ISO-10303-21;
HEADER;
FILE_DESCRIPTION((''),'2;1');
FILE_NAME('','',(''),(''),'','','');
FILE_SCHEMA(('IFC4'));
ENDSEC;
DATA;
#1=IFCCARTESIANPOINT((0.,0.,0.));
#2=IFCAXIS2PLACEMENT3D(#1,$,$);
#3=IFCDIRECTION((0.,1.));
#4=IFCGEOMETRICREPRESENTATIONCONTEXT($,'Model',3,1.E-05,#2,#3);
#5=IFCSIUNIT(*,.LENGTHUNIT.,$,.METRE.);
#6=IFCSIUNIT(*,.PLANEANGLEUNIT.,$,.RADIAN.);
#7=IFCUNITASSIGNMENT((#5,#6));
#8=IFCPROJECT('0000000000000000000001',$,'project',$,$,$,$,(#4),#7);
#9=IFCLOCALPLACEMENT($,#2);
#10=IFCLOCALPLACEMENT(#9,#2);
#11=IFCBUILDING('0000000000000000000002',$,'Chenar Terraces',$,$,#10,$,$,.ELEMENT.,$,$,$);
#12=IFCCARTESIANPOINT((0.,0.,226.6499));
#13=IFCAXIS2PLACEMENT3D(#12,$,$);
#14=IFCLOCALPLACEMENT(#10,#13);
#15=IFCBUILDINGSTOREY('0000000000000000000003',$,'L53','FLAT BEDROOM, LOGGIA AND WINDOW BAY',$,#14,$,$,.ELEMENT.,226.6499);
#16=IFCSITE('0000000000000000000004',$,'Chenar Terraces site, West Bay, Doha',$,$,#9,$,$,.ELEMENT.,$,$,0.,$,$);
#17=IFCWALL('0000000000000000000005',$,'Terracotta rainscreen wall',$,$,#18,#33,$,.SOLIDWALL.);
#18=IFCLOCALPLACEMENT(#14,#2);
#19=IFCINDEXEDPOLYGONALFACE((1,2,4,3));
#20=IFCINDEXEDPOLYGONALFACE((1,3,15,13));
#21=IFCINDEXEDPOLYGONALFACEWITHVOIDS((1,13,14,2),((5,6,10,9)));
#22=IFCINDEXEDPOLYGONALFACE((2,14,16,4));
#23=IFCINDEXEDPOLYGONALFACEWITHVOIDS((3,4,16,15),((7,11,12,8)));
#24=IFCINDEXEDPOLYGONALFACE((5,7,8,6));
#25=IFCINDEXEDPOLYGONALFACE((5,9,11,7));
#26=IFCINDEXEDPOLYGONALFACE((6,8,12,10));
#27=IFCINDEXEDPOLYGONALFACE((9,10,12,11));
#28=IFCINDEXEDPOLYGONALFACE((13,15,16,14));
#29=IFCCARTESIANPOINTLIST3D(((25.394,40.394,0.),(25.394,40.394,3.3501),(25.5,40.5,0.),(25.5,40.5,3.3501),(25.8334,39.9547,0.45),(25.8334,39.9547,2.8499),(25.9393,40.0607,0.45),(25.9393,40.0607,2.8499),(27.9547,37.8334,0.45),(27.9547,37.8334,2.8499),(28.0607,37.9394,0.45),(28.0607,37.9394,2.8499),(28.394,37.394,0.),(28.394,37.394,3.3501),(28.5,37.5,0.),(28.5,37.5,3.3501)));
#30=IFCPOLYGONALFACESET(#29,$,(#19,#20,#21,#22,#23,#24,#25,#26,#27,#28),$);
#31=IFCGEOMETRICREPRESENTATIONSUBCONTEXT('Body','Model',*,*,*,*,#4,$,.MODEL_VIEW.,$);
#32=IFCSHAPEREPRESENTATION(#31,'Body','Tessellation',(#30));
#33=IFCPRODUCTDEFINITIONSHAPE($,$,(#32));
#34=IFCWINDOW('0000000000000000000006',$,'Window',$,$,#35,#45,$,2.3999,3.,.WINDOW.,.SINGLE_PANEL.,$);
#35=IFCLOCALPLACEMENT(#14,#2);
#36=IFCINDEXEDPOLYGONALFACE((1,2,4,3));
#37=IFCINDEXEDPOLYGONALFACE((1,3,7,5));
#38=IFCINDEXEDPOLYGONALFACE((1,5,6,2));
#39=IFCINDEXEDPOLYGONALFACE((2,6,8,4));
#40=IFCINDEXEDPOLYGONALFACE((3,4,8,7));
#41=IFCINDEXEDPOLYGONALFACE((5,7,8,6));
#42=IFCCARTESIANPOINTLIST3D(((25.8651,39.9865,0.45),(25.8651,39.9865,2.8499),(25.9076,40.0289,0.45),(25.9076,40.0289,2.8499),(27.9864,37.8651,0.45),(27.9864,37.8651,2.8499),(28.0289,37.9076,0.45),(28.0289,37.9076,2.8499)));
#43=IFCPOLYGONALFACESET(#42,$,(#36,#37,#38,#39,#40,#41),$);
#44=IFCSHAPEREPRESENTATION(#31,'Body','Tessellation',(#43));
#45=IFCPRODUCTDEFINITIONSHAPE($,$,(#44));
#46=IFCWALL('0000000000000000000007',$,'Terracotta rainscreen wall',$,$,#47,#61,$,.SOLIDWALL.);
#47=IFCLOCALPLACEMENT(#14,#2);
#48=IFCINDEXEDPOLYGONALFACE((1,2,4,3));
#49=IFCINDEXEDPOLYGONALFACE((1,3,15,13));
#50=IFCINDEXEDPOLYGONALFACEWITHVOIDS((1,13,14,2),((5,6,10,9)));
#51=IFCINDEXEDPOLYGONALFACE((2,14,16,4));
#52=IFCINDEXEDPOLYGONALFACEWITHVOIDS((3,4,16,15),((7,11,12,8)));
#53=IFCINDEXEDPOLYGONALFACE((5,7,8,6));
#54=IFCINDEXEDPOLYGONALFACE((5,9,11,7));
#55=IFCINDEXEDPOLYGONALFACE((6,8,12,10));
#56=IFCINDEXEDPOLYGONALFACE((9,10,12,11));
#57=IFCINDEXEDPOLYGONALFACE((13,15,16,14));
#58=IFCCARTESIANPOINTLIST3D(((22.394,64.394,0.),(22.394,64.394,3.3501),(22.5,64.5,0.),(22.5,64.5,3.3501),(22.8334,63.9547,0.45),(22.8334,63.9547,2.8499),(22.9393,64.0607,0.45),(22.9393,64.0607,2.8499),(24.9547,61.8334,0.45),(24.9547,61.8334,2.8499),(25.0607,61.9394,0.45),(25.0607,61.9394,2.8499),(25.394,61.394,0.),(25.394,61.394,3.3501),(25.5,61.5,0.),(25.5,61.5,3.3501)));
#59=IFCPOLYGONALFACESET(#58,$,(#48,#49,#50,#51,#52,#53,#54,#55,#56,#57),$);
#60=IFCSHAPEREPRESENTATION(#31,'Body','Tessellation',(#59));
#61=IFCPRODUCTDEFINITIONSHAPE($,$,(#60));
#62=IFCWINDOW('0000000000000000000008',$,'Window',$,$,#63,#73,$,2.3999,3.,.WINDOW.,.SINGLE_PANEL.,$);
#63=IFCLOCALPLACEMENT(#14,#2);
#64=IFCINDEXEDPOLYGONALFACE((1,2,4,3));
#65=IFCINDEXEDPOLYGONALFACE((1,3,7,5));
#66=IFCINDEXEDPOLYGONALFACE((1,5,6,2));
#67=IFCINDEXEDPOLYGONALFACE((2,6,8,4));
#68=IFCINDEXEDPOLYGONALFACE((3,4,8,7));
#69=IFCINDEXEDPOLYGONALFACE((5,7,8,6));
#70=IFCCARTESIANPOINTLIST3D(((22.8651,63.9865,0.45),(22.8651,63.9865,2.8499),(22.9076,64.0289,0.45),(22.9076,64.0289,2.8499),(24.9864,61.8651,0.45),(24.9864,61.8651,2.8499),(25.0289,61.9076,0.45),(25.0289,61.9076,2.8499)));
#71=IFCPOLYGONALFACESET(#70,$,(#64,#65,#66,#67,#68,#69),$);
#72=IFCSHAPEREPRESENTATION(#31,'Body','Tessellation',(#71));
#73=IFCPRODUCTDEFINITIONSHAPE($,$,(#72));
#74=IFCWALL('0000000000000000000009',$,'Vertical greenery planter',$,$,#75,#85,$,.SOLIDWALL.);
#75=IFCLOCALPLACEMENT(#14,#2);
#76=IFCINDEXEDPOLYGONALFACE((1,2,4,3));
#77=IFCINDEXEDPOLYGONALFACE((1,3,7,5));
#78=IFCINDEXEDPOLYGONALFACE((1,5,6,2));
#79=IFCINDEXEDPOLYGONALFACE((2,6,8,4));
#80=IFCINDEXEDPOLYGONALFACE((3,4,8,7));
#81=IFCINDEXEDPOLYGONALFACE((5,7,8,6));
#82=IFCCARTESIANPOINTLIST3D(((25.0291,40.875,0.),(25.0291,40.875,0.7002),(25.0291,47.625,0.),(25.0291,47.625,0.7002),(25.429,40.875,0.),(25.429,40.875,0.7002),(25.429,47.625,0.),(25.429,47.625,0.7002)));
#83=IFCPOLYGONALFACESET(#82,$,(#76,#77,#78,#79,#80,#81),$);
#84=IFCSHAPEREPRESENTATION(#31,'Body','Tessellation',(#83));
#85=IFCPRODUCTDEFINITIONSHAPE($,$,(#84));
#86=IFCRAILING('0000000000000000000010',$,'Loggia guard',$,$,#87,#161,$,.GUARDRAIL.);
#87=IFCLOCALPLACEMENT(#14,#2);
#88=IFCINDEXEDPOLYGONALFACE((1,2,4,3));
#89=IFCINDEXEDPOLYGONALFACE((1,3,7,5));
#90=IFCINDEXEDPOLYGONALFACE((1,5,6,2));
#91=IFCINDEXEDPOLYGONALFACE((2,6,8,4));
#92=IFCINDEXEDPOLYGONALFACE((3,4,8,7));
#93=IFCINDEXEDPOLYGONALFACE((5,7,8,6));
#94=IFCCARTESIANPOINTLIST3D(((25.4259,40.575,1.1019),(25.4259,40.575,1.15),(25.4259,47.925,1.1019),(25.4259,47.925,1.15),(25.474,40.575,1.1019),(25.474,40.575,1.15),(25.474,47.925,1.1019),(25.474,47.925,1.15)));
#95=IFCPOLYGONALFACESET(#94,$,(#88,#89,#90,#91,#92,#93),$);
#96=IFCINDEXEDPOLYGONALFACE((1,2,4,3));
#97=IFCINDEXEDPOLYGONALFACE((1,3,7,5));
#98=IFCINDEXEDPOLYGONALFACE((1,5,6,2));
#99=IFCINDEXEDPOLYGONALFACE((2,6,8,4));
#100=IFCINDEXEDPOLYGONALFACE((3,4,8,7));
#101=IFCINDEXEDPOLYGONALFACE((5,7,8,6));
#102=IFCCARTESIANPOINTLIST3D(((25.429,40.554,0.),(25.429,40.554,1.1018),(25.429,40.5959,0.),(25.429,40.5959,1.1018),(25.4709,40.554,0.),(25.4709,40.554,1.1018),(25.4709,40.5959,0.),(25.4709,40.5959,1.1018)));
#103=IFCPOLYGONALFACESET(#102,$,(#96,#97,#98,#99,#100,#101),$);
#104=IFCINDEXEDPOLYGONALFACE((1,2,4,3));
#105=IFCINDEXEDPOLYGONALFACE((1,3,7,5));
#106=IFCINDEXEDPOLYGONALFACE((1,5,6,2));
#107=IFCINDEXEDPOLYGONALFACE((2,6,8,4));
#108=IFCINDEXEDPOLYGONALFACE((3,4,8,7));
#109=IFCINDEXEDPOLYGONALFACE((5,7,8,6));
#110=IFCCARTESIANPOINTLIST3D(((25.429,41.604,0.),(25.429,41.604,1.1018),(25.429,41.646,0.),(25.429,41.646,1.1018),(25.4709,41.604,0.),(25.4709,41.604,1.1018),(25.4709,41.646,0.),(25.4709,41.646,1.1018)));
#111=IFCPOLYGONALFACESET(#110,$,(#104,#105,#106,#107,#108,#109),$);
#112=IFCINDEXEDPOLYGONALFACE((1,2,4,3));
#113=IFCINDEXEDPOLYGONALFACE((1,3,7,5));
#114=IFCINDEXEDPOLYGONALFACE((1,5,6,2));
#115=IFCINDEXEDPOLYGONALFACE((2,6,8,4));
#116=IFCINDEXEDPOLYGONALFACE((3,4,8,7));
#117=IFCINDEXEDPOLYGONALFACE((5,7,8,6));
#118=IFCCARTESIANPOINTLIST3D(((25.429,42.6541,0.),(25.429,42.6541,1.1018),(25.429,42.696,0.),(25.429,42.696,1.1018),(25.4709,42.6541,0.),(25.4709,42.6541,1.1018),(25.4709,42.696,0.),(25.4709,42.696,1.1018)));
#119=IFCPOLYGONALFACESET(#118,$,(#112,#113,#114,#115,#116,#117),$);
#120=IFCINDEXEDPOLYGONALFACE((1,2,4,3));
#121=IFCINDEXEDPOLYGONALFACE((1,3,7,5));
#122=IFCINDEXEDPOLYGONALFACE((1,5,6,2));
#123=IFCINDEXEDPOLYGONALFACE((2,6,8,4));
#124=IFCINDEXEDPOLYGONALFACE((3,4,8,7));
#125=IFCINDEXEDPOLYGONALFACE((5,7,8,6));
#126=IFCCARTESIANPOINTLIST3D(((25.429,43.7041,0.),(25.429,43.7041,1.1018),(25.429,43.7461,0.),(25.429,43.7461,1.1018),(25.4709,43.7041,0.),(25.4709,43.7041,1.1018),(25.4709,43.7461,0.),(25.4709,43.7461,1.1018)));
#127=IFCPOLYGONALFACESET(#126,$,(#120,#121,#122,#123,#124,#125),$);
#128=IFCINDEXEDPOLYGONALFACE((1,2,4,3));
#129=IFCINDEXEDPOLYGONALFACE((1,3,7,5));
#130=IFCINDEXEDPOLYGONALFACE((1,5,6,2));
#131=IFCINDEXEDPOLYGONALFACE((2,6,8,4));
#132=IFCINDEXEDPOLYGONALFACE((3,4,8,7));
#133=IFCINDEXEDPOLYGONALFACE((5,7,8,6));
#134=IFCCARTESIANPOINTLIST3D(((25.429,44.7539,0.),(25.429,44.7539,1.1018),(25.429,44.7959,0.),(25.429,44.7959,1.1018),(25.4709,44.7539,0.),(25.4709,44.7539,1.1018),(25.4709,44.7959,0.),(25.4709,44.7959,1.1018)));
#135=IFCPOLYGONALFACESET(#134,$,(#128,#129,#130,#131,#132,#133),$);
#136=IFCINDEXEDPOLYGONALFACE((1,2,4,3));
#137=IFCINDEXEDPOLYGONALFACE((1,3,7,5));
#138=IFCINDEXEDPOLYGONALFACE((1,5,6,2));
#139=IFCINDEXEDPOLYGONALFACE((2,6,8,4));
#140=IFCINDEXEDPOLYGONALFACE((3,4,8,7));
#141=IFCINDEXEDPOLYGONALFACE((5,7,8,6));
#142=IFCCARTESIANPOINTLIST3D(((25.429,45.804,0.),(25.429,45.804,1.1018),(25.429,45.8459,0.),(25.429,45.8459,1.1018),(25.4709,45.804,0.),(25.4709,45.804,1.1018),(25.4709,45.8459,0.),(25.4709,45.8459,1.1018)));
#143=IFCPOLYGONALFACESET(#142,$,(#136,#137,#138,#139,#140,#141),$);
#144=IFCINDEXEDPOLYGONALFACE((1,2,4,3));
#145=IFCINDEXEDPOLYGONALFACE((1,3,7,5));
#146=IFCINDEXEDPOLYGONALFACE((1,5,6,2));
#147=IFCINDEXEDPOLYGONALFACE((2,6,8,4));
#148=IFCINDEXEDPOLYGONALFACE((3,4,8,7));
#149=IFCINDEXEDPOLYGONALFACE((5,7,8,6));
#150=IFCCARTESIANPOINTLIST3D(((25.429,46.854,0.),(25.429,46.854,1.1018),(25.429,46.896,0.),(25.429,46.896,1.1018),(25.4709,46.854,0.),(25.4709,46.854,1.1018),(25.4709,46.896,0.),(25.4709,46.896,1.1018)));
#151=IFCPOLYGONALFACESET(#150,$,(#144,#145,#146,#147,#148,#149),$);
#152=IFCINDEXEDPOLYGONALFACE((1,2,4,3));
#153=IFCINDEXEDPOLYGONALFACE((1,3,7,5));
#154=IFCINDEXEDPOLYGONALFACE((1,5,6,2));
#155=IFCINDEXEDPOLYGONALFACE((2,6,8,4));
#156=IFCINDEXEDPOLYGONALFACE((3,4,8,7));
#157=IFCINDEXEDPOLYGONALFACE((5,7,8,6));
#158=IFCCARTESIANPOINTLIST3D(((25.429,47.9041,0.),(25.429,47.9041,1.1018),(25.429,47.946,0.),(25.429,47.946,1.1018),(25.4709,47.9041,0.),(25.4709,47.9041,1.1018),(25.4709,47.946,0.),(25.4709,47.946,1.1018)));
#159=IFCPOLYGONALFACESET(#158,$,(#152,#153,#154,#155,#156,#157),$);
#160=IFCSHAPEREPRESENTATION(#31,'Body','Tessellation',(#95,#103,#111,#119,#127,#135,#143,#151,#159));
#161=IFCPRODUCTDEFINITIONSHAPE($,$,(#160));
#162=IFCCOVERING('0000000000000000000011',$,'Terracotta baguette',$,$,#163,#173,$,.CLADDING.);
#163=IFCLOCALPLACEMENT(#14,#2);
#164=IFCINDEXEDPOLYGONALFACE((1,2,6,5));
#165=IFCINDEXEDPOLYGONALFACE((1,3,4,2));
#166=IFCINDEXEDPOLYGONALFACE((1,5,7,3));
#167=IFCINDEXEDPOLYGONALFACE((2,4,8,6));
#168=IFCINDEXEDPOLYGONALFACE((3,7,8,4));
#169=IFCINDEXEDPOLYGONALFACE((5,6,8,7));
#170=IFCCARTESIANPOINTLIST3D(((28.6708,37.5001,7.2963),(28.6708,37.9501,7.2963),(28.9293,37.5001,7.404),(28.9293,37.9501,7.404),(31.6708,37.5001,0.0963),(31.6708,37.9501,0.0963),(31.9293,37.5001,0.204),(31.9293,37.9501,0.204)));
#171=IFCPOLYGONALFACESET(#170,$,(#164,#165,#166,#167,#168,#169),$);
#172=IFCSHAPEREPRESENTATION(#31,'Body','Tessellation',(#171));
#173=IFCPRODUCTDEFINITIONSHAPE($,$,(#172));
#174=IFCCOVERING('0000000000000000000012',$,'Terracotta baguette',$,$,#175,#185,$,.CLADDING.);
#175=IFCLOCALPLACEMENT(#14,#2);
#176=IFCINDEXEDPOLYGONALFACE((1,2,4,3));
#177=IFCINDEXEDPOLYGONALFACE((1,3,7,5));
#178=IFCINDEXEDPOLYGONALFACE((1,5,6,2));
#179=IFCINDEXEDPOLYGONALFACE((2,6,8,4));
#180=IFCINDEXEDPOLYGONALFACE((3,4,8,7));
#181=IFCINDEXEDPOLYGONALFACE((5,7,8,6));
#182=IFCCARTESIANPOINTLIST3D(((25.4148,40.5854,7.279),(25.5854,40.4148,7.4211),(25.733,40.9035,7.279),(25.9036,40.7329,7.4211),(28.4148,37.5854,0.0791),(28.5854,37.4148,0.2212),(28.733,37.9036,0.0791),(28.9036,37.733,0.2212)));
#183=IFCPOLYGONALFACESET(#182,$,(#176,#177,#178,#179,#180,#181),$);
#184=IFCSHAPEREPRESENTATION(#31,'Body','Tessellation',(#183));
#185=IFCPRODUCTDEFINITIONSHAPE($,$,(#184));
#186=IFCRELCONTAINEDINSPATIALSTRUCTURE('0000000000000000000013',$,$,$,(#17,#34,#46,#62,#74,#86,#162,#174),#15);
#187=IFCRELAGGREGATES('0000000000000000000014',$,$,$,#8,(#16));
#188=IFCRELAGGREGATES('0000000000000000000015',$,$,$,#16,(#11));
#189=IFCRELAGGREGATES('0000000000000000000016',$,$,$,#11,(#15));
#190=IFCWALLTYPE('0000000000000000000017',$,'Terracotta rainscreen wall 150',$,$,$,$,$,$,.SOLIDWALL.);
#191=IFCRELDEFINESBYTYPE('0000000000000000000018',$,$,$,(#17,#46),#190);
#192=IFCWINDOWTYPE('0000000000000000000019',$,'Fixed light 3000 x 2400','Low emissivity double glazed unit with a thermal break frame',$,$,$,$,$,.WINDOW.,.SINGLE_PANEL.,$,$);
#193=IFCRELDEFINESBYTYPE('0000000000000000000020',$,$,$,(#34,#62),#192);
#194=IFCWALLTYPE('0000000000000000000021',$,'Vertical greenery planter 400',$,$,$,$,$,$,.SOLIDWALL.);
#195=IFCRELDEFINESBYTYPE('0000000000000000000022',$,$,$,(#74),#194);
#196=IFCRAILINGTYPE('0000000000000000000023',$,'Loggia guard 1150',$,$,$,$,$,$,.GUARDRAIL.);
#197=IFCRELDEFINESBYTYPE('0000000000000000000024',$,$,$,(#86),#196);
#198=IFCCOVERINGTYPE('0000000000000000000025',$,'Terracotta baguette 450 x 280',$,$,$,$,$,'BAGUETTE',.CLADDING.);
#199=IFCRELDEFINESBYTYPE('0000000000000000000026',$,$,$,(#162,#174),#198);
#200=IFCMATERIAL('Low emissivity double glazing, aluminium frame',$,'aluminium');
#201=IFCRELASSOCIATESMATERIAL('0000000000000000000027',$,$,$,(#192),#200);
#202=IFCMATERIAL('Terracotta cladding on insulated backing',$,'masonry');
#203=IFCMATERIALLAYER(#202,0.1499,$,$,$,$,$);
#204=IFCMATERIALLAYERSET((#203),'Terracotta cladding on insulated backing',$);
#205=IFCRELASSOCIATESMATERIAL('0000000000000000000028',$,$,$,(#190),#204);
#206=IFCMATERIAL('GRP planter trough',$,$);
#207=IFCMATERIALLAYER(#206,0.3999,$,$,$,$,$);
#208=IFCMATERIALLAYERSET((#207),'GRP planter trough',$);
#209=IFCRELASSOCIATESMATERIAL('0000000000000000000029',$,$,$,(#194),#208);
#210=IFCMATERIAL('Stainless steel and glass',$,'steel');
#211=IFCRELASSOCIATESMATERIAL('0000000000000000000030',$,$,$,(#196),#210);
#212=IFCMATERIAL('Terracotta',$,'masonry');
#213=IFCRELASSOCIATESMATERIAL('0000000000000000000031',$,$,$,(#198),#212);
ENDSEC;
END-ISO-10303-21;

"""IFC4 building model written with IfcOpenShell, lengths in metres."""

from ifc_helpers import new_model, si_unit, direction, frame, frame_2d, origin, origin_2d, place, context, subcontext, project, spatial, rectangle, extrude, material, layer, layer_set, material_profile, profile_set, type_object, element, fill, save


model = new_model("IFC4")

# Units and contexts
model_context = context("Model", 3, precision=1e-05, world=origin(), true_north=direction((0.0, 1.0)))
body_context = subcontext(model_context, "Body", "Model", "MODEL_VIEW")
ifc_project = project(units=[si_unit("LENGTHUNIT", "METRE"), si_unit("PLANEANGLEUNIT", "RADIAN")], contexts=[model_context])

# Site, building, storey
site_placement = place(None, origin())
site = spatial("IfcSite", under=ifc_project, at=site_placement, Name="Chenar Terraces site, West Bay, Doha", CompositionType="ELEMENT", RefElevation=0.0)
building_placement = place(site_placement, origin())
building = spatial("IfcBuilding", under=site, at=building_placement, Name="Chenar Terraces", CompositionType="ELEMENT")
storey_placement = place(building_placement, frame((0.0, 0.0, 226.6499)))
storey = spatial("IfcBuildingStorey", under=building, at=storey_placement, Name="L53", Description="FLAT BEDROOM, LOGGIA AND WINDOW BAY", CompositionType="ELEMENT", Elevation=226.6499)

# Shared definitions
ifc_material_1 = material(Name="Low emissivity double glazing, aluminium frame", Category="aluminium")
window_type_1 = type_object("IfcWindowType", Name="Fixed light 3000 x 2400", Description="Low emissivity double glazed unit with a thermal break frame", PartitioningType="SINGLE_PANEL", PredefinedType="WINDOW", material=ifc_material_1)

# Walls, openings, windows
ifc_material_2 = material(Name="Terracotta cladding on insulated backing", Category="masonry")
ifc_layer_1 = layer(ifc_material_2, 0.1499)
ifc_layer_set_1 = layer_set([ifc_layer_1], Name="Terracotta cladding on insulated backing")
wall_type_1 = type_object("IfcWallType", Name="Terracotta rainscreen wall 150", PredefinedType="SOLIDWALL", material=ifc_layer_set_1)
wall_1_placement = place(storey_placement, frame((28.447, 37.447, 0.0), z_axis=(0.0, 0.0, 1.0), x_axis=(-0.707107, 0.707107, 0.0)))
wall_1 = element("IfcWall", 1, at=wall_1_placement, inside=storey, type_object=wall_type_1, Name="Terracotta rainscreen wall", PredefinedType="SOLIDWALL", context=body_context, shape_type="SweptSolid", body=[
    extrude(rectangle(XDim=4.2427, YDim=0.1499, at=frame_2d((2.1213, 0.0))), origin(), (0.0, 0.0, 1.0), 3.3501),
])
opening_1_placement = place(wall_1_placement, frame((0.6213, 0.0, 0.45)))
opening_1 = element("IfcOpeningElement", 2, at=opening_1_placement, cuts=wall_1, PredefinedType="OPENING", context=body_context, shape_type="SweptSolid", body=[
    extrude(rectangle(XDim=3.0, YDim=2.3999, at=frame_2d((1.5, 1.2))), frame((0.0, 0.085, 0.0), z_axis=(0.0, -1.0, 0.0), x_axis=(1.0, 0.0, 0.0)), (0.0, 0.0, 1.0), 0.1699),
])
window_1_placement = place(opening_1_placement, origin())
window_1 = element("IfcWindow", 3, at=window_1_placement, inside=storey, type_object=window_type_1, Name="Window", OverallHeight=2.3999, OverallWidth=3.0, PartitioningType="SINGLE_PANEL", PredefinedType="WINDOW", context=body_context, shape_type="SweptSolid", body=[
    extrude(rectangle(XDim=3.0, YDim=2.3999, at=frame_2d((1.5, 1.2))), frame((0.0, 0.03, 0.0), z_axis=(0.0, -1.0, 0.0), x_axis=(1.0, 0.0, 0.0)), (0.0, 0.0, 1.0), 0.0601),
])
fill(opening_1, window_1)
wall_2_placement = place(storey_placement, frame((25.447, 61.447, 0.0), z_axis=(0.0, 0.0, 1.0), x_axis=(-0.707107, 0.707107, 0.0)))
wall_2 = element("IfcWall", 4, at=wall_2_placement, inside=storey, type_object=wall_type_1, Name="Terracotta rainscreen wall", PredefinedType="SOLIDWALL", context=body_context, shape_type="SweptSolid", body=[
    extrude(rectangle(XDim=4.2427, YDim=0.1499, at=frame_2d((2.1213, 0.0))), origin(), (0.0, 0.0, 1.0), 3.3501),
])
opening_2_placement = place(wall_2_placement, frame((0.6213, 0.0, 0.45)))
opening_2 = element("IfcOpeningElement", 5, at=opening_2_placement, cuts=wall_2, PredefinedType="OPENING", context=body_context, shape_type="SweptSolid", body=[
    extrude(rectangle(XDim=3.0, YDim=2.3999, at=frame_2d((1.5, 1.2))), frame((0.0, 0.085, 0.0), z_axis=(0.0, -1.0, 0.0), x_axis=(1.0, 0.0, 0.0)), (0.0, 0.0, 1.0), 0.1699),
])
window_2_placement = place(opening_2_placement, origin())
window_2 = element("IfcWindow", 6, at=window_2_placement, inside=storey, type_object=window_type_1, Name="Window", OverallHeight=2.3999, OverallWidth=3.0, PartitioningType="SINGLE_PANEL", PredefinedType="WINDOW", context=body_context, shape_type="SweptSolid", body=[
    extrude(rectangle(XDim=3.0, YDim=2.3999, at=frame_2d((1.5, 1.2))), frame((0.0, 0.03, 0.0), z_axis=(0.0, -1.0, 0.0), x_axis=(1.0, 0.0, 0.0)), (0.0, 0.0, 1.0), 0.0601),
])
fill(opening_2, window_2)

# Wall
ifc_material_3 = material(Name="GRP planter trough")
ifc_layer_2 = layer(ifc_material_3, 0.3999)
ifc_layer_set_2 = layer_set([ifc_layer_2], Name="GRP planter trough")
wall_type_2 = type_object("IfcWallType", Name="Vertical greenery planter 400", PredefinedType="SOLIDWALL", material=ifc_layer_set_2)
wall_3_placement = place(storey_placement, frame((25.229, 40.875, 0.0), z_axis=(0.0, 0.0, 1.0), x_axis=(0.0, 1.0, 0.0)))
element("IfcWall", 7, at=wall_3_placement, inside=storey, type_object=wall_type_2, Name="Vertical greenery planter", PredefinedType="SOLIDWALL", context=body_context, shape_type="SweptSolid", body=[
    extrude(rectangle(XDim=6.75, YDim=0.3999, at=frame_2d((3.375, 0.0))), origin(), (0.0, 0.0, 1.0), 0.7002),
])

# Railing
ifc_material_4 = material(Name="Stainless steel and glass", Category="steel")
railing_type = type_object("IfcRailingType", Name="Loggia guard 1150", PredefinedType="GUARDRAIL", material=ifc_material_4)
railing_placement = place(storey_placement, frame((25.45, 40.575, 0.0)))
element("IfcRailing", 8, at=railing_placement, inside=storey, type_object=railing_type, Name="Loggia guard", PredefinedType="GUARDRAIL", context=body_context, shape_type="SweptSolid", body=[
    extrude(rectangle(XDim=0.0481, YDim=0.0481, at=origin_2d()), frame((0.0, 0.0, 1.126), z_axis=(0.0, 1.0, 0.0), x_axis=(-1.0, 0.0, 0.0)), (0.0, 0.0, 1.0), 7.3501),
    extrude(rectangle(XDim=0.042, YDim=0.042, at=origin_2d()), origin(), (0.0, 0.0, 1.0), 1.1018),
    extrude(rectangle(XDim=0.042, YDim=0.042, at=origin_2d()), frame((0.0, 1.05, 0.0)), (0.0, 0.0, 1.0), 1.1018),
    extrude(rectangle(XDim=0.042, YDim=0.042, at=origin_2d()), frame((0.0, 2.1001, 0.0)), (0.0, 0.0, 1.0), 1.1018),
    extrude(rectangle(XDim=0.042, YDim=0.042, at=origin_2d()), frame((0.0, 3.1501, 0.0)), (0.0, 0.0, 1.0), 1.1018),
    extrude(rectangle(XDim=0.042, YDim=0.042, at=origin_2d()), frame((0.0, 4.2, 0.0)), (0.0, 0.0, 1.0), 1.1018),
    extrude(rectangle(XDim=0.042, YDim=0.042, at=origin_2d()), frame((0.0, 5.25, 0.0)), (0.0, 0.0, 1.0), 1.1018),
    extrude(rectangle(XDim=0.042, YDim=0.042, at=origin_2d()), frame((0.0, 6.3, 0.0)), (0.0, 0.0, 1.0), 1.1018),
    extrude(rectangle(XDim=0.042, YDim=0.042, at=origin_2d()), frame((0.0, 7.3501, 0.0)), (0.0, 0.0, 1.0), 1.1018),
])

# Coverings
ifc_material_5 = material(Name="Terracotta", Category="masonry")
ifc_material_profile_1 = material_profile(ifc_material_5, rectangle(XDim=0.45, YDim=0.28, at=origin_2d()), Name="Terracotta baguette 450 x 280")
ifc_profile_set_1 = profile_set([ifc_material_profile_1], Name="Terracotta")
covering_type = type_object("IfcCoveringType", Name="Terracotta baguette 450 x 280", ElementType="BAGUETTE", PredefinedType="CLADDING", material=ifc_profile_set_1)
covering_1_placement = place(storey_placement, frame((31.8, 37.7251, 0.1501), z_axis=(-0.384618, 0.0, 0.923076), x_axis=(0.0, -1.0, 0.0)))
element("IfcCovering", 9, at=covering_1_placement, inside=storey, type_object=covering_type, Name="Terracotta baguette", PredefinedType="CLADDING", context=body_context, shape_type="SweptSolid", body=[
    extrude(rectangle(XDim=0.45, YDim=0.28, at=origin_2d()), origin(), (0.0, 0.0, 1.0), 7.8),
])
covering_2_placement = place(storey_placement, frame((28.6592, 37.6592, 0.1501), z_axis=(-0.358981, 0.358981, 0.861548), x_axis=(-0.707107, -0.707107, 0.0)))
element("IfcCovering", 10, at=covering_2_placement, inside=storey, type_object=covering_type, Name="Terracotta baguette", PredefinedType="CLADDING", context=body_context, shape_type="SweptSolid", body=[
    extrude(rectangle(XDim=0.45, YDim=0.28, at=origin_2d()), origin(), (0.0, 0.0, 1.0), 8.3569),
])

save(model, "model.ifc")
